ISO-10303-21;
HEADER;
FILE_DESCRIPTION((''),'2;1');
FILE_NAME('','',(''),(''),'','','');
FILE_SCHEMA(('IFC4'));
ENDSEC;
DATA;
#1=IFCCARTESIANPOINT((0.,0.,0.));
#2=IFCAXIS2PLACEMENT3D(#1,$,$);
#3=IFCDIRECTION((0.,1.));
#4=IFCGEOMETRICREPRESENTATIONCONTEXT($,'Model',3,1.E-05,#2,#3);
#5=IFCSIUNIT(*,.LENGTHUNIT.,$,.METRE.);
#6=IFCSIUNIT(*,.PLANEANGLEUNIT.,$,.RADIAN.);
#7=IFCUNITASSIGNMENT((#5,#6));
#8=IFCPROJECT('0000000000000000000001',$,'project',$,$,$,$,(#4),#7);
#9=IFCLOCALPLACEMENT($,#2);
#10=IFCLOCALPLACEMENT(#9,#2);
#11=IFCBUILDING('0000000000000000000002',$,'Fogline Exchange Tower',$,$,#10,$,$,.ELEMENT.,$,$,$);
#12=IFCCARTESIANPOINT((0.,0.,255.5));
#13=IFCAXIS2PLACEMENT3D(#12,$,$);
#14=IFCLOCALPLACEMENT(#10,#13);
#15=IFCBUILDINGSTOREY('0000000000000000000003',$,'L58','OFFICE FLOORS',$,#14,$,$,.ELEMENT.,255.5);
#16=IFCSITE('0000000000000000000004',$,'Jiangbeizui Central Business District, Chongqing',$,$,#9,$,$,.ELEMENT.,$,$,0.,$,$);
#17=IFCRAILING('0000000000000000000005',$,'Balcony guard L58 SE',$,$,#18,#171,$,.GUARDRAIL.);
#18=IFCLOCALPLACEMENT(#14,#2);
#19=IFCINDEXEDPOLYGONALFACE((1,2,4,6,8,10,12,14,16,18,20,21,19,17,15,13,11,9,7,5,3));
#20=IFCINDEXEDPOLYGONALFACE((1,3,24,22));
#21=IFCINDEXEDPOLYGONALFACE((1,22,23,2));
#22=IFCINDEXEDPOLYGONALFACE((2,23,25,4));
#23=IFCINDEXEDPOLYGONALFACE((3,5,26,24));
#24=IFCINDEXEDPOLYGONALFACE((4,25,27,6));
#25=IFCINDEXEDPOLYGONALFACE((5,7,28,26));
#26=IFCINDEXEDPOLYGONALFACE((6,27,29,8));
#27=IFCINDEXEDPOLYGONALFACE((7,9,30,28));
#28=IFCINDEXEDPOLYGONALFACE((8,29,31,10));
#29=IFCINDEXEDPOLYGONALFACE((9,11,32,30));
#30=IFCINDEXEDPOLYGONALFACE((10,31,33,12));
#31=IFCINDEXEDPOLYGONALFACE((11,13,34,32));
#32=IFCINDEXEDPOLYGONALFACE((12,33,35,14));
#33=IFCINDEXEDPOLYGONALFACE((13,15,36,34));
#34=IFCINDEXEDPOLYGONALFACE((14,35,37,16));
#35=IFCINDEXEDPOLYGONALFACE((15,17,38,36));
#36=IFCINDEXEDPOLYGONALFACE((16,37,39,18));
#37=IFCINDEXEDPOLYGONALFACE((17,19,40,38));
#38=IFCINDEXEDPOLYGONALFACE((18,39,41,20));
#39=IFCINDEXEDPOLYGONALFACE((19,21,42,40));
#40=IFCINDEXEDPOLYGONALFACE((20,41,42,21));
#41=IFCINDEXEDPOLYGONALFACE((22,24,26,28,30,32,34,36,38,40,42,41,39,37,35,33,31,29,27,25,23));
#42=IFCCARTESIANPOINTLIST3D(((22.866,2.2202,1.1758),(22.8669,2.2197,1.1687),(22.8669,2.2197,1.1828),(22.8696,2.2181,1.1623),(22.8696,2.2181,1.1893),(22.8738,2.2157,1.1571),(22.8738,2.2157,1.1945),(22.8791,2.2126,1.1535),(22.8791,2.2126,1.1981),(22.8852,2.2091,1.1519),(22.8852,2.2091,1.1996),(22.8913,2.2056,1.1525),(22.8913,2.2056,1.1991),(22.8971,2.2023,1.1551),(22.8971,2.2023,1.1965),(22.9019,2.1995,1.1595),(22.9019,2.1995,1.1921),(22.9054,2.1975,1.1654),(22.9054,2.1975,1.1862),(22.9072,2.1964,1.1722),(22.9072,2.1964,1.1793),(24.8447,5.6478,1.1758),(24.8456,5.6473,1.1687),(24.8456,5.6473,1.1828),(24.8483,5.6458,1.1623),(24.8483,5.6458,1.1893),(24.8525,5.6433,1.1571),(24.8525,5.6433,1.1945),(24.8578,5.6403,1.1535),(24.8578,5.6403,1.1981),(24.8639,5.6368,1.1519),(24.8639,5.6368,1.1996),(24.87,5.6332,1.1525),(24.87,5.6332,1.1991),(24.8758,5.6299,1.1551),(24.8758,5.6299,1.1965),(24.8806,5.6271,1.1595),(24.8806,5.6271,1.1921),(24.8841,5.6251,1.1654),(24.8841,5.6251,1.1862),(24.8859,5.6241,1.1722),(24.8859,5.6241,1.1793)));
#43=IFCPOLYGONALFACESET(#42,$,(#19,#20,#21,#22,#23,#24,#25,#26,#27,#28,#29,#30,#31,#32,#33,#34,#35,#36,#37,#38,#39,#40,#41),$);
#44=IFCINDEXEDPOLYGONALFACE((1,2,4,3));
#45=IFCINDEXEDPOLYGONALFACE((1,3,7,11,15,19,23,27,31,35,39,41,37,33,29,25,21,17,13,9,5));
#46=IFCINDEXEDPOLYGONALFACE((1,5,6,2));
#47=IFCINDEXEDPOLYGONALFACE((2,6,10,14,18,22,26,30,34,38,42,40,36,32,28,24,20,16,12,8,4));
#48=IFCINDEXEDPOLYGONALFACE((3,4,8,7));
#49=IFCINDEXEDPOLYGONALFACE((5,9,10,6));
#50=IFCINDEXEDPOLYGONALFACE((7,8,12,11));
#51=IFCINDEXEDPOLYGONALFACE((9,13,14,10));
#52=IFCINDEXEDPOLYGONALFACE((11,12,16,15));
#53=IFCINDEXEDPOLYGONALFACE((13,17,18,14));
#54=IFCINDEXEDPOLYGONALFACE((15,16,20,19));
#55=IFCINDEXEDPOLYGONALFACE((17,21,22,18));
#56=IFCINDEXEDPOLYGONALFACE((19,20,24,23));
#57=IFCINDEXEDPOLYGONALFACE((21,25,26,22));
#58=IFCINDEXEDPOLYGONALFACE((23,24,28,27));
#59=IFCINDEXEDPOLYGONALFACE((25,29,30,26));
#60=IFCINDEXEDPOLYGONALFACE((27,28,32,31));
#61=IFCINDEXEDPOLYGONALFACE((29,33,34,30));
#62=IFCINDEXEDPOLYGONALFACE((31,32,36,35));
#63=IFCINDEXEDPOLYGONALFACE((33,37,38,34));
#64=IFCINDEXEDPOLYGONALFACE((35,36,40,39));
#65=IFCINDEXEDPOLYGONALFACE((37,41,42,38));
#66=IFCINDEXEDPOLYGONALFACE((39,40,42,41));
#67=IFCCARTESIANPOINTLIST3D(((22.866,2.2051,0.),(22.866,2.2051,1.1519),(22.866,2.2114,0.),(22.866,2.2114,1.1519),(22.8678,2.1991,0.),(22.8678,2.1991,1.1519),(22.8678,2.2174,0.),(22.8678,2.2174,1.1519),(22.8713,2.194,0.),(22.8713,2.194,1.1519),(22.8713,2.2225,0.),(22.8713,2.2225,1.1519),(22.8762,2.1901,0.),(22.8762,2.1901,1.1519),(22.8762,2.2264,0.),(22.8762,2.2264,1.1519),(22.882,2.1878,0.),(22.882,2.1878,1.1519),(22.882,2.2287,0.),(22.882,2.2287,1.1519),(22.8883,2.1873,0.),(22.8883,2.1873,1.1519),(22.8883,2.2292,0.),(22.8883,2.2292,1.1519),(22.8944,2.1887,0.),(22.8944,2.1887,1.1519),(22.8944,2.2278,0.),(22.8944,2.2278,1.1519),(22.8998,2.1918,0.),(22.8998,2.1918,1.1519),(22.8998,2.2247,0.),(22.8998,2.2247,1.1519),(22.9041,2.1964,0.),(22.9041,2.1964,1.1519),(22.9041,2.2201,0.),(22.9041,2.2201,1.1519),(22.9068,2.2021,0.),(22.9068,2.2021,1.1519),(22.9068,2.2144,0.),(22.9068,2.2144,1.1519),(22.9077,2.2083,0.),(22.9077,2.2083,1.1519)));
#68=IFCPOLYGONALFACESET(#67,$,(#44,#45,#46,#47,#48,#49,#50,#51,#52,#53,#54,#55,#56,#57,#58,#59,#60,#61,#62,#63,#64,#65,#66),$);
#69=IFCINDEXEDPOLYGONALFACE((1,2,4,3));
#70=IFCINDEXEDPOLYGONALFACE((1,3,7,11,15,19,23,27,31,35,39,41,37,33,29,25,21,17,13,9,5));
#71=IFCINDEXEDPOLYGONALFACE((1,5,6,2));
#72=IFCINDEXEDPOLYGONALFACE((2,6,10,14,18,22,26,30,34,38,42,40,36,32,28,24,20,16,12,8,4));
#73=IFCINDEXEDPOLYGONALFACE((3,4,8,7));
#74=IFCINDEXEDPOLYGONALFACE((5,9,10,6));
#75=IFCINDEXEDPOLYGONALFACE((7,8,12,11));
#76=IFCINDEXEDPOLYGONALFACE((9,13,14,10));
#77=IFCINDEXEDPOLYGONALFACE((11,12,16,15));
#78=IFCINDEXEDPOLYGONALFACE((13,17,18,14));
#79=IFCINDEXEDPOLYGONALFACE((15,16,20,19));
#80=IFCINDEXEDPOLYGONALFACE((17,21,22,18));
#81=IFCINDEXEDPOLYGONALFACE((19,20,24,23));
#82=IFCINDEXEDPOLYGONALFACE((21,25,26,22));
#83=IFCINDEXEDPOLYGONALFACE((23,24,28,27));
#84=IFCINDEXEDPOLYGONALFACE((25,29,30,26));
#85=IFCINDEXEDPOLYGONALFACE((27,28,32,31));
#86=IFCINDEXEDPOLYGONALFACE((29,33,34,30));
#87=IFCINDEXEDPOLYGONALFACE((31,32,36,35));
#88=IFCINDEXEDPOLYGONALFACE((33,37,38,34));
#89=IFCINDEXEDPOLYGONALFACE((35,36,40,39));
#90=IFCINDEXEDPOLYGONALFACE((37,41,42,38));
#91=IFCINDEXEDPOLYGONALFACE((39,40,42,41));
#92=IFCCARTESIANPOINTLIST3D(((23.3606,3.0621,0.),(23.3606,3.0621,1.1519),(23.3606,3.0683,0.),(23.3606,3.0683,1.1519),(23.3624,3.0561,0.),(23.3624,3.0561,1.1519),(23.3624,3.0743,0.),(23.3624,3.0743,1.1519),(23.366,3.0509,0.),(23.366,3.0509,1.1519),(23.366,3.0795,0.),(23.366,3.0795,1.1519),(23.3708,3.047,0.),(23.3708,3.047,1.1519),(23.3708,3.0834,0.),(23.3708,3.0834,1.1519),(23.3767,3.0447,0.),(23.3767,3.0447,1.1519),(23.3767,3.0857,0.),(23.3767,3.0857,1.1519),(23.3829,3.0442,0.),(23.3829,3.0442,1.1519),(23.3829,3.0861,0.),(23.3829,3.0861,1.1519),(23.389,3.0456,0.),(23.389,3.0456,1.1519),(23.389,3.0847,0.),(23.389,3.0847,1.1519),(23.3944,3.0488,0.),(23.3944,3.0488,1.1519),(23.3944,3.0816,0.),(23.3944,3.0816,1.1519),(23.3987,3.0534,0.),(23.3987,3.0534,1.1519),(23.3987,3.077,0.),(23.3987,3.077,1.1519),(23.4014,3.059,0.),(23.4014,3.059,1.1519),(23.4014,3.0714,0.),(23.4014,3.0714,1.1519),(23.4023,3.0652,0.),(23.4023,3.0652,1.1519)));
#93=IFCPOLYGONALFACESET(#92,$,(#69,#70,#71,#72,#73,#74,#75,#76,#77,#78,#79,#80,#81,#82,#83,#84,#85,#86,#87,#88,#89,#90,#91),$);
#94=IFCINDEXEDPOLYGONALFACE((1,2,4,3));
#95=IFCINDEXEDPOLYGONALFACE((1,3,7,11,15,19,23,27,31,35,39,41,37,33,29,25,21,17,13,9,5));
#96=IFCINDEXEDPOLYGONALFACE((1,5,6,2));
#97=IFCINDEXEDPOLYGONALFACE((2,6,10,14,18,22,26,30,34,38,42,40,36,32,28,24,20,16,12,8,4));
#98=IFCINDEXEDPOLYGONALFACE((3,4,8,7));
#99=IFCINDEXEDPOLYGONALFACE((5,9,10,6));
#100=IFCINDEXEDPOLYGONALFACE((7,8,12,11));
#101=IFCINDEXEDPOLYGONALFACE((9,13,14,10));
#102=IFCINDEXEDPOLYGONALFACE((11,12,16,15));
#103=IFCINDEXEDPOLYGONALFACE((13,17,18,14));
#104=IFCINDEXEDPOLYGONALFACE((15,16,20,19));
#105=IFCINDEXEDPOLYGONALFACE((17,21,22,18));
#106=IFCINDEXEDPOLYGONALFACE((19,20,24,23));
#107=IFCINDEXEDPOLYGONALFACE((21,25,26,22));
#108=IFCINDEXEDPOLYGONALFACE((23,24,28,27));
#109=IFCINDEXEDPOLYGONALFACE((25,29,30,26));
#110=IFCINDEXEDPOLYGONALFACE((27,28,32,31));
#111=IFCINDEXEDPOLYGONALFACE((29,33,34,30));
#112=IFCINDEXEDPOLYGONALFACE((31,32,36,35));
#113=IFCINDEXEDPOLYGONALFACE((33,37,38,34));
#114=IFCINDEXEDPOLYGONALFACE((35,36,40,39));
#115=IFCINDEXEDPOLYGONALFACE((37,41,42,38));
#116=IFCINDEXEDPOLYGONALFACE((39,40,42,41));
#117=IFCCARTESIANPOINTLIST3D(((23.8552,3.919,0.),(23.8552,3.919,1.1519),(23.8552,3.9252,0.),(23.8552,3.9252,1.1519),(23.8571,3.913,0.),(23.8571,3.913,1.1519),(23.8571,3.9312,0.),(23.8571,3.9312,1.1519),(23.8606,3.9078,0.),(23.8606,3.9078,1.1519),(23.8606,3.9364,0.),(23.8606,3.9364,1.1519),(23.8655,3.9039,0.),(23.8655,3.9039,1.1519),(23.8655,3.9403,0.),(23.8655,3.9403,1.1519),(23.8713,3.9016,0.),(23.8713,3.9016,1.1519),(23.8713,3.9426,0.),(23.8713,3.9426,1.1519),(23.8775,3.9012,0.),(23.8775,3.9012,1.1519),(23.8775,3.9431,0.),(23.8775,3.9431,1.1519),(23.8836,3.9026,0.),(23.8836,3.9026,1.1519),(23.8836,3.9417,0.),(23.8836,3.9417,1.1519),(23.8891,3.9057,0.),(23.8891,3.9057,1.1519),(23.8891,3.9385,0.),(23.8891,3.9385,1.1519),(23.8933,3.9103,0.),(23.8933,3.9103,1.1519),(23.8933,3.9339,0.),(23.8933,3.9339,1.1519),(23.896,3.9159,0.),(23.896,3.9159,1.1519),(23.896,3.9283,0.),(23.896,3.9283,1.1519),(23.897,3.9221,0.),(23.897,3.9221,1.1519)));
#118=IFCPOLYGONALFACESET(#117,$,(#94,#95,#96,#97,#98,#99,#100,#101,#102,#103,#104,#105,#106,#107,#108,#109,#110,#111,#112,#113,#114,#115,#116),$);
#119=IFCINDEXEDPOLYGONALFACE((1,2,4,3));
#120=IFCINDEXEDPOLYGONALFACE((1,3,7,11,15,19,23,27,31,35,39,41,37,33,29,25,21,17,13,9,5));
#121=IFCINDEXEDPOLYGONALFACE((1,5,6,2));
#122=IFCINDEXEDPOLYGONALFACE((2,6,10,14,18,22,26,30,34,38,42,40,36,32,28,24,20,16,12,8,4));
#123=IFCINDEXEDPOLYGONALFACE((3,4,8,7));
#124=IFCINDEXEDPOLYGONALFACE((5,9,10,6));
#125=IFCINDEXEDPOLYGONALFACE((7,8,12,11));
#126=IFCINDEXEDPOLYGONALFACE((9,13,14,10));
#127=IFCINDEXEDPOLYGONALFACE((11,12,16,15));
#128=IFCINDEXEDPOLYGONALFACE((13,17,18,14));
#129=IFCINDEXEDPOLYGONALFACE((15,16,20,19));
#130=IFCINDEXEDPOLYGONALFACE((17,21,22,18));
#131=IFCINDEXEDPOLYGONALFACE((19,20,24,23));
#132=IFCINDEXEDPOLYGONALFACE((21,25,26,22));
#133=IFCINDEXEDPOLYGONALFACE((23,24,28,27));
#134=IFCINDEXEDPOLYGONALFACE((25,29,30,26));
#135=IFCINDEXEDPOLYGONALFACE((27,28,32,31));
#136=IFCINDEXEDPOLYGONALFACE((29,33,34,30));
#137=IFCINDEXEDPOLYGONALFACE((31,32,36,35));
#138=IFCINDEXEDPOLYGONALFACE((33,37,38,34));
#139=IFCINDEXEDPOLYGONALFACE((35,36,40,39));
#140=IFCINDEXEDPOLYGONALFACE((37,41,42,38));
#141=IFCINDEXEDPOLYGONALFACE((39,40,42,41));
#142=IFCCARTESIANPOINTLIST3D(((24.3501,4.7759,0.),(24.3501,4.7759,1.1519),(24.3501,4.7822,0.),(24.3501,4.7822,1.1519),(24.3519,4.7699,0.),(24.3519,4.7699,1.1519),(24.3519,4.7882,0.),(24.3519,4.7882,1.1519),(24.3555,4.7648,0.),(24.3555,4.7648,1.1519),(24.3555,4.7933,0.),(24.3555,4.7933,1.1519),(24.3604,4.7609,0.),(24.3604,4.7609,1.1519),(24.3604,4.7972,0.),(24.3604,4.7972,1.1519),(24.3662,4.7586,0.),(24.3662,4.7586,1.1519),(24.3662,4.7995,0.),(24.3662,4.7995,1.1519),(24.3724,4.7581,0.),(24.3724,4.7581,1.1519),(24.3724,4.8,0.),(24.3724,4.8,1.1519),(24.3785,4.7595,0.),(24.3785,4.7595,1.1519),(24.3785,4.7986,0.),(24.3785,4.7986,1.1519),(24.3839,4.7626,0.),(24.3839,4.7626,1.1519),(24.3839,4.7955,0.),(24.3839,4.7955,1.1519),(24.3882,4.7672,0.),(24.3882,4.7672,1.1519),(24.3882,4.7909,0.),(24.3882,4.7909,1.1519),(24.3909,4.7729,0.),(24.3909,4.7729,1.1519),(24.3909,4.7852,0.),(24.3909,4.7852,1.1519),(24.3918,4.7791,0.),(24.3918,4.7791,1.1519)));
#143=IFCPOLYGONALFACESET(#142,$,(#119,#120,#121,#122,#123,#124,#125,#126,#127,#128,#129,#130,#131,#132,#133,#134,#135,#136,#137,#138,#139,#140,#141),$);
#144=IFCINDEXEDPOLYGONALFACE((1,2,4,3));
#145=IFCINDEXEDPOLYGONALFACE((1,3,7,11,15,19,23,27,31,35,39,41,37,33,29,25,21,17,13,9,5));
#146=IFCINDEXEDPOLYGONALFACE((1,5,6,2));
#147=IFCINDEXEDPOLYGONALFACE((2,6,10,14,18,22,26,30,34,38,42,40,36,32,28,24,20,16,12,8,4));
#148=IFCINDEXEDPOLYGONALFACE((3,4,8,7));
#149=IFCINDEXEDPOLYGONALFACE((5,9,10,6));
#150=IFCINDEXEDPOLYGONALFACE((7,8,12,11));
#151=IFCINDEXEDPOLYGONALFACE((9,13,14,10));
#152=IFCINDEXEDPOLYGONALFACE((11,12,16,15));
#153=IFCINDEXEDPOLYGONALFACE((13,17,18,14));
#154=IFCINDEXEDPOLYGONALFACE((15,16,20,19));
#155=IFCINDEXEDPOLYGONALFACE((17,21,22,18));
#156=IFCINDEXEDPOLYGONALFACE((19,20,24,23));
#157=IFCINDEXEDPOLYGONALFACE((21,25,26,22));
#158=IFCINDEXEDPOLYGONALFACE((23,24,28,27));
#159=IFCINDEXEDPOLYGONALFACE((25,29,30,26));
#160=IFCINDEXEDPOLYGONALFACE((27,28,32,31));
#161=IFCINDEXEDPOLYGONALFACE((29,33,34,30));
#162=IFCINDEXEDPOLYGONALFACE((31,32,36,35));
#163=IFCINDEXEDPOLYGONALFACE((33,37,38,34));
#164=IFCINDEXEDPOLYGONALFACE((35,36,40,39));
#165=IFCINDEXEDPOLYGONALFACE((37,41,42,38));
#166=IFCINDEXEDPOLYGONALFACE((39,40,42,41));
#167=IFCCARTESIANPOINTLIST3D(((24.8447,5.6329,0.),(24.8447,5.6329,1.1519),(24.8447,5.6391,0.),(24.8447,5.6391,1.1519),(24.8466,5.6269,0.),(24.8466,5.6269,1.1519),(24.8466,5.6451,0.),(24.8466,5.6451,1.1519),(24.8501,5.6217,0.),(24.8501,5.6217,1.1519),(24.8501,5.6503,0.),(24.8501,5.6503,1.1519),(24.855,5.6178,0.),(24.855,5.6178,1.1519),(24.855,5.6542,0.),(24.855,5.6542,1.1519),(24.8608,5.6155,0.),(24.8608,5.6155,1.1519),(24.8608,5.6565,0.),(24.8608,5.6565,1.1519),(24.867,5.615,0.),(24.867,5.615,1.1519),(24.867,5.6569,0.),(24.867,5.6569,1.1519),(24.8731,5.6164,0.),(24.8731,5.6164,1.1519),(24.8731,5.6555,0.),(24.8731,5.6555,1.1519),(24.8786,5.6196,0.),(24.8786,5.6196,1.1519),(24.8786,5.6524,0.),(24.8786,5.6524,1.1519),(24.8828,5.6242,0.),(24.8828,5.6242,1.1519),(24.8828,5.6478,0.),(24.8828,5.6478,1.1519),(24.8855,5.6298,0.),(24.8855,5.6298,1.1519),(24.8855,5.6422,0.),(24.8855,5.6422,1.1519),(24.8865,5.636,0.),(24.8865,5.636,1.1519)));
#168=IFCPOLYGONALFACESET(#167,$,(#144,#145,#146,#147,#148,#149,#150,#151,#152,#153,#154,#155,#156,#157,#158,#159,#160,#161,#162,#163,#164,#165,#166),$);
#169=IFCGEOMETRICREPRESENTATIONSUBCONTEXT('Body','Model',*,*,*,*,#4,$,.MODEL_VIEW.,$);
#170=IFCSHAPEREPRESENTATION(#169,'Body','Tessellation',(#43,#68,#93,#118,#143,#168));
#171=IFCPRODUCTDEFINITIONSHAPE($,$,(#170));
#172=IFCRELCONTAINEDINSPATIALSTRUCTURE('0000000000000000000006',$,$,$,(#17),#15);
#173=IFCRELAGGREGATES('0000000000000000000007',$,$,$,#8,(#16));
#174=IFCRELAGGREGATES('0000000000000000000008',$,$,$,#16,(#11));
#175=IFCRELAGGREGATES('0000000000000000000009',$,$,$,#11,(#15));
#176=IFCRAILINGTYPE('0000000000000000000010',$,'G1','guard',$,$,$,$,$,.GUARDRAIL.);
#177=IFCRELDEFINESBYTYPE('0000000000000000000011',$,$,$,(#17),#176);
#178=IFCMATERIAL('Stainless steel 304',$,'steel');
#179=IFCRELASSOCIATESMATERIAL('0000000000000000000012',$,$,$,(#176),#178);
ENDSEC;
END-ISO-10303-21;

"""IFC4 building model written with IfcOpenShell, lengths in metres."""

from ifc_helpers import new_model, si_unit, direction, frame, origin, origin_2d, place, context, subcontext, project, spatial, circle, extrude, material, type_object, element, save


model = new_model("IFC4")

# Units and contexts
model_context = context("Model", 3, precision=1e-05, world=origin(), true_north=direction((0.0, 1.0)))
body_context = subcontext(model_context, "Body", "Model", "MODEL_VIEW")
ifc_project = project(units=[si_unit("LENGTHUNIT", "METRE"), si_unit("PLANEANGLEUNIT", "RADIAN")], contexts=[model_context])

# Site, building, storey
site_placement = place(None, origin())
site = spatial("IfcSite", under=ifc_project, at=site_placement, Name="Jiangbeizui Central Business District, Chongqing", CompositionType="ELEMENT", RefElevation=0.0)
building_placement = place(site_placement, origin())
building = spatial("IfcBuilding", under=site, at=building_placement, Name="Fogline Exchange Tower", CompositionType="ELEMENT")
storey_placement = place(building_placement, frame((0.0, 0.0, 255.5)))
storey = spatial("IfcBuildingStorey", under=building, at=storey_placement, Name="L58", Description="OFFICE FLOORS", CompositionType="ELEMENT", Elevation=255.5)

# Railing
ifc_material_1 = material(Name="Stainless steel 304", Category="steel")
railing_type = type_object("IfcRailingType", Name="G1", Description="guard", PredefinedType="GUARDRAIL", material=ifc_material_1)
railing_placement = place(storey_placement, frame((22.8867, 2.2083, 0.0)))
element("IfcRailing", 1, at=railing_placement, inside=storey, type_object=railing_type, Name="Balcony guard L58 SE", PredefinedType="GUARDRAIL", context=body_context, shape_type="SweptSolid", body=[
    extrude(circle(Radius=0.0239, at=origin_2d()), frame((0.0, 0.0, 1.1758), z_axis=(0.499954, 0.866052, 0.0), x_axis=(-0.866052, 0.499954, 0.0)), (0.0, 0.0, 1.0), 3.9578),
    extrude(circle(Radius=0.021, at=origin_2d()), origin(), (0.0, 0.0, 1.0), 1.1519),
    extrude(circle(Radius=0.021, at=origin_2d()), frame((0.4946, 0.8569, 0.0)), (0.0, 0.0, 1.0), 1.1519),
    extrude(circle(Radius=0.021, at=origin_2d()), frame((0.9893, 1.7139, 0.0)), (0.0, 0.0, 1.0), 1.1519),
    extrude(circle(Radius=0.021, at=origin_2d()), frame((1.4841, 2.5708, 0.0)), (0.0, 0.0, 1.0), 1.1519),
    extrude(circle(Radius=0.021, at=origin_2d()), frame((1.9788, 3.4277, 0.0)), (0.0, 0.0, 1.0), 1.1519),
])

save(model, "model.ifc")
